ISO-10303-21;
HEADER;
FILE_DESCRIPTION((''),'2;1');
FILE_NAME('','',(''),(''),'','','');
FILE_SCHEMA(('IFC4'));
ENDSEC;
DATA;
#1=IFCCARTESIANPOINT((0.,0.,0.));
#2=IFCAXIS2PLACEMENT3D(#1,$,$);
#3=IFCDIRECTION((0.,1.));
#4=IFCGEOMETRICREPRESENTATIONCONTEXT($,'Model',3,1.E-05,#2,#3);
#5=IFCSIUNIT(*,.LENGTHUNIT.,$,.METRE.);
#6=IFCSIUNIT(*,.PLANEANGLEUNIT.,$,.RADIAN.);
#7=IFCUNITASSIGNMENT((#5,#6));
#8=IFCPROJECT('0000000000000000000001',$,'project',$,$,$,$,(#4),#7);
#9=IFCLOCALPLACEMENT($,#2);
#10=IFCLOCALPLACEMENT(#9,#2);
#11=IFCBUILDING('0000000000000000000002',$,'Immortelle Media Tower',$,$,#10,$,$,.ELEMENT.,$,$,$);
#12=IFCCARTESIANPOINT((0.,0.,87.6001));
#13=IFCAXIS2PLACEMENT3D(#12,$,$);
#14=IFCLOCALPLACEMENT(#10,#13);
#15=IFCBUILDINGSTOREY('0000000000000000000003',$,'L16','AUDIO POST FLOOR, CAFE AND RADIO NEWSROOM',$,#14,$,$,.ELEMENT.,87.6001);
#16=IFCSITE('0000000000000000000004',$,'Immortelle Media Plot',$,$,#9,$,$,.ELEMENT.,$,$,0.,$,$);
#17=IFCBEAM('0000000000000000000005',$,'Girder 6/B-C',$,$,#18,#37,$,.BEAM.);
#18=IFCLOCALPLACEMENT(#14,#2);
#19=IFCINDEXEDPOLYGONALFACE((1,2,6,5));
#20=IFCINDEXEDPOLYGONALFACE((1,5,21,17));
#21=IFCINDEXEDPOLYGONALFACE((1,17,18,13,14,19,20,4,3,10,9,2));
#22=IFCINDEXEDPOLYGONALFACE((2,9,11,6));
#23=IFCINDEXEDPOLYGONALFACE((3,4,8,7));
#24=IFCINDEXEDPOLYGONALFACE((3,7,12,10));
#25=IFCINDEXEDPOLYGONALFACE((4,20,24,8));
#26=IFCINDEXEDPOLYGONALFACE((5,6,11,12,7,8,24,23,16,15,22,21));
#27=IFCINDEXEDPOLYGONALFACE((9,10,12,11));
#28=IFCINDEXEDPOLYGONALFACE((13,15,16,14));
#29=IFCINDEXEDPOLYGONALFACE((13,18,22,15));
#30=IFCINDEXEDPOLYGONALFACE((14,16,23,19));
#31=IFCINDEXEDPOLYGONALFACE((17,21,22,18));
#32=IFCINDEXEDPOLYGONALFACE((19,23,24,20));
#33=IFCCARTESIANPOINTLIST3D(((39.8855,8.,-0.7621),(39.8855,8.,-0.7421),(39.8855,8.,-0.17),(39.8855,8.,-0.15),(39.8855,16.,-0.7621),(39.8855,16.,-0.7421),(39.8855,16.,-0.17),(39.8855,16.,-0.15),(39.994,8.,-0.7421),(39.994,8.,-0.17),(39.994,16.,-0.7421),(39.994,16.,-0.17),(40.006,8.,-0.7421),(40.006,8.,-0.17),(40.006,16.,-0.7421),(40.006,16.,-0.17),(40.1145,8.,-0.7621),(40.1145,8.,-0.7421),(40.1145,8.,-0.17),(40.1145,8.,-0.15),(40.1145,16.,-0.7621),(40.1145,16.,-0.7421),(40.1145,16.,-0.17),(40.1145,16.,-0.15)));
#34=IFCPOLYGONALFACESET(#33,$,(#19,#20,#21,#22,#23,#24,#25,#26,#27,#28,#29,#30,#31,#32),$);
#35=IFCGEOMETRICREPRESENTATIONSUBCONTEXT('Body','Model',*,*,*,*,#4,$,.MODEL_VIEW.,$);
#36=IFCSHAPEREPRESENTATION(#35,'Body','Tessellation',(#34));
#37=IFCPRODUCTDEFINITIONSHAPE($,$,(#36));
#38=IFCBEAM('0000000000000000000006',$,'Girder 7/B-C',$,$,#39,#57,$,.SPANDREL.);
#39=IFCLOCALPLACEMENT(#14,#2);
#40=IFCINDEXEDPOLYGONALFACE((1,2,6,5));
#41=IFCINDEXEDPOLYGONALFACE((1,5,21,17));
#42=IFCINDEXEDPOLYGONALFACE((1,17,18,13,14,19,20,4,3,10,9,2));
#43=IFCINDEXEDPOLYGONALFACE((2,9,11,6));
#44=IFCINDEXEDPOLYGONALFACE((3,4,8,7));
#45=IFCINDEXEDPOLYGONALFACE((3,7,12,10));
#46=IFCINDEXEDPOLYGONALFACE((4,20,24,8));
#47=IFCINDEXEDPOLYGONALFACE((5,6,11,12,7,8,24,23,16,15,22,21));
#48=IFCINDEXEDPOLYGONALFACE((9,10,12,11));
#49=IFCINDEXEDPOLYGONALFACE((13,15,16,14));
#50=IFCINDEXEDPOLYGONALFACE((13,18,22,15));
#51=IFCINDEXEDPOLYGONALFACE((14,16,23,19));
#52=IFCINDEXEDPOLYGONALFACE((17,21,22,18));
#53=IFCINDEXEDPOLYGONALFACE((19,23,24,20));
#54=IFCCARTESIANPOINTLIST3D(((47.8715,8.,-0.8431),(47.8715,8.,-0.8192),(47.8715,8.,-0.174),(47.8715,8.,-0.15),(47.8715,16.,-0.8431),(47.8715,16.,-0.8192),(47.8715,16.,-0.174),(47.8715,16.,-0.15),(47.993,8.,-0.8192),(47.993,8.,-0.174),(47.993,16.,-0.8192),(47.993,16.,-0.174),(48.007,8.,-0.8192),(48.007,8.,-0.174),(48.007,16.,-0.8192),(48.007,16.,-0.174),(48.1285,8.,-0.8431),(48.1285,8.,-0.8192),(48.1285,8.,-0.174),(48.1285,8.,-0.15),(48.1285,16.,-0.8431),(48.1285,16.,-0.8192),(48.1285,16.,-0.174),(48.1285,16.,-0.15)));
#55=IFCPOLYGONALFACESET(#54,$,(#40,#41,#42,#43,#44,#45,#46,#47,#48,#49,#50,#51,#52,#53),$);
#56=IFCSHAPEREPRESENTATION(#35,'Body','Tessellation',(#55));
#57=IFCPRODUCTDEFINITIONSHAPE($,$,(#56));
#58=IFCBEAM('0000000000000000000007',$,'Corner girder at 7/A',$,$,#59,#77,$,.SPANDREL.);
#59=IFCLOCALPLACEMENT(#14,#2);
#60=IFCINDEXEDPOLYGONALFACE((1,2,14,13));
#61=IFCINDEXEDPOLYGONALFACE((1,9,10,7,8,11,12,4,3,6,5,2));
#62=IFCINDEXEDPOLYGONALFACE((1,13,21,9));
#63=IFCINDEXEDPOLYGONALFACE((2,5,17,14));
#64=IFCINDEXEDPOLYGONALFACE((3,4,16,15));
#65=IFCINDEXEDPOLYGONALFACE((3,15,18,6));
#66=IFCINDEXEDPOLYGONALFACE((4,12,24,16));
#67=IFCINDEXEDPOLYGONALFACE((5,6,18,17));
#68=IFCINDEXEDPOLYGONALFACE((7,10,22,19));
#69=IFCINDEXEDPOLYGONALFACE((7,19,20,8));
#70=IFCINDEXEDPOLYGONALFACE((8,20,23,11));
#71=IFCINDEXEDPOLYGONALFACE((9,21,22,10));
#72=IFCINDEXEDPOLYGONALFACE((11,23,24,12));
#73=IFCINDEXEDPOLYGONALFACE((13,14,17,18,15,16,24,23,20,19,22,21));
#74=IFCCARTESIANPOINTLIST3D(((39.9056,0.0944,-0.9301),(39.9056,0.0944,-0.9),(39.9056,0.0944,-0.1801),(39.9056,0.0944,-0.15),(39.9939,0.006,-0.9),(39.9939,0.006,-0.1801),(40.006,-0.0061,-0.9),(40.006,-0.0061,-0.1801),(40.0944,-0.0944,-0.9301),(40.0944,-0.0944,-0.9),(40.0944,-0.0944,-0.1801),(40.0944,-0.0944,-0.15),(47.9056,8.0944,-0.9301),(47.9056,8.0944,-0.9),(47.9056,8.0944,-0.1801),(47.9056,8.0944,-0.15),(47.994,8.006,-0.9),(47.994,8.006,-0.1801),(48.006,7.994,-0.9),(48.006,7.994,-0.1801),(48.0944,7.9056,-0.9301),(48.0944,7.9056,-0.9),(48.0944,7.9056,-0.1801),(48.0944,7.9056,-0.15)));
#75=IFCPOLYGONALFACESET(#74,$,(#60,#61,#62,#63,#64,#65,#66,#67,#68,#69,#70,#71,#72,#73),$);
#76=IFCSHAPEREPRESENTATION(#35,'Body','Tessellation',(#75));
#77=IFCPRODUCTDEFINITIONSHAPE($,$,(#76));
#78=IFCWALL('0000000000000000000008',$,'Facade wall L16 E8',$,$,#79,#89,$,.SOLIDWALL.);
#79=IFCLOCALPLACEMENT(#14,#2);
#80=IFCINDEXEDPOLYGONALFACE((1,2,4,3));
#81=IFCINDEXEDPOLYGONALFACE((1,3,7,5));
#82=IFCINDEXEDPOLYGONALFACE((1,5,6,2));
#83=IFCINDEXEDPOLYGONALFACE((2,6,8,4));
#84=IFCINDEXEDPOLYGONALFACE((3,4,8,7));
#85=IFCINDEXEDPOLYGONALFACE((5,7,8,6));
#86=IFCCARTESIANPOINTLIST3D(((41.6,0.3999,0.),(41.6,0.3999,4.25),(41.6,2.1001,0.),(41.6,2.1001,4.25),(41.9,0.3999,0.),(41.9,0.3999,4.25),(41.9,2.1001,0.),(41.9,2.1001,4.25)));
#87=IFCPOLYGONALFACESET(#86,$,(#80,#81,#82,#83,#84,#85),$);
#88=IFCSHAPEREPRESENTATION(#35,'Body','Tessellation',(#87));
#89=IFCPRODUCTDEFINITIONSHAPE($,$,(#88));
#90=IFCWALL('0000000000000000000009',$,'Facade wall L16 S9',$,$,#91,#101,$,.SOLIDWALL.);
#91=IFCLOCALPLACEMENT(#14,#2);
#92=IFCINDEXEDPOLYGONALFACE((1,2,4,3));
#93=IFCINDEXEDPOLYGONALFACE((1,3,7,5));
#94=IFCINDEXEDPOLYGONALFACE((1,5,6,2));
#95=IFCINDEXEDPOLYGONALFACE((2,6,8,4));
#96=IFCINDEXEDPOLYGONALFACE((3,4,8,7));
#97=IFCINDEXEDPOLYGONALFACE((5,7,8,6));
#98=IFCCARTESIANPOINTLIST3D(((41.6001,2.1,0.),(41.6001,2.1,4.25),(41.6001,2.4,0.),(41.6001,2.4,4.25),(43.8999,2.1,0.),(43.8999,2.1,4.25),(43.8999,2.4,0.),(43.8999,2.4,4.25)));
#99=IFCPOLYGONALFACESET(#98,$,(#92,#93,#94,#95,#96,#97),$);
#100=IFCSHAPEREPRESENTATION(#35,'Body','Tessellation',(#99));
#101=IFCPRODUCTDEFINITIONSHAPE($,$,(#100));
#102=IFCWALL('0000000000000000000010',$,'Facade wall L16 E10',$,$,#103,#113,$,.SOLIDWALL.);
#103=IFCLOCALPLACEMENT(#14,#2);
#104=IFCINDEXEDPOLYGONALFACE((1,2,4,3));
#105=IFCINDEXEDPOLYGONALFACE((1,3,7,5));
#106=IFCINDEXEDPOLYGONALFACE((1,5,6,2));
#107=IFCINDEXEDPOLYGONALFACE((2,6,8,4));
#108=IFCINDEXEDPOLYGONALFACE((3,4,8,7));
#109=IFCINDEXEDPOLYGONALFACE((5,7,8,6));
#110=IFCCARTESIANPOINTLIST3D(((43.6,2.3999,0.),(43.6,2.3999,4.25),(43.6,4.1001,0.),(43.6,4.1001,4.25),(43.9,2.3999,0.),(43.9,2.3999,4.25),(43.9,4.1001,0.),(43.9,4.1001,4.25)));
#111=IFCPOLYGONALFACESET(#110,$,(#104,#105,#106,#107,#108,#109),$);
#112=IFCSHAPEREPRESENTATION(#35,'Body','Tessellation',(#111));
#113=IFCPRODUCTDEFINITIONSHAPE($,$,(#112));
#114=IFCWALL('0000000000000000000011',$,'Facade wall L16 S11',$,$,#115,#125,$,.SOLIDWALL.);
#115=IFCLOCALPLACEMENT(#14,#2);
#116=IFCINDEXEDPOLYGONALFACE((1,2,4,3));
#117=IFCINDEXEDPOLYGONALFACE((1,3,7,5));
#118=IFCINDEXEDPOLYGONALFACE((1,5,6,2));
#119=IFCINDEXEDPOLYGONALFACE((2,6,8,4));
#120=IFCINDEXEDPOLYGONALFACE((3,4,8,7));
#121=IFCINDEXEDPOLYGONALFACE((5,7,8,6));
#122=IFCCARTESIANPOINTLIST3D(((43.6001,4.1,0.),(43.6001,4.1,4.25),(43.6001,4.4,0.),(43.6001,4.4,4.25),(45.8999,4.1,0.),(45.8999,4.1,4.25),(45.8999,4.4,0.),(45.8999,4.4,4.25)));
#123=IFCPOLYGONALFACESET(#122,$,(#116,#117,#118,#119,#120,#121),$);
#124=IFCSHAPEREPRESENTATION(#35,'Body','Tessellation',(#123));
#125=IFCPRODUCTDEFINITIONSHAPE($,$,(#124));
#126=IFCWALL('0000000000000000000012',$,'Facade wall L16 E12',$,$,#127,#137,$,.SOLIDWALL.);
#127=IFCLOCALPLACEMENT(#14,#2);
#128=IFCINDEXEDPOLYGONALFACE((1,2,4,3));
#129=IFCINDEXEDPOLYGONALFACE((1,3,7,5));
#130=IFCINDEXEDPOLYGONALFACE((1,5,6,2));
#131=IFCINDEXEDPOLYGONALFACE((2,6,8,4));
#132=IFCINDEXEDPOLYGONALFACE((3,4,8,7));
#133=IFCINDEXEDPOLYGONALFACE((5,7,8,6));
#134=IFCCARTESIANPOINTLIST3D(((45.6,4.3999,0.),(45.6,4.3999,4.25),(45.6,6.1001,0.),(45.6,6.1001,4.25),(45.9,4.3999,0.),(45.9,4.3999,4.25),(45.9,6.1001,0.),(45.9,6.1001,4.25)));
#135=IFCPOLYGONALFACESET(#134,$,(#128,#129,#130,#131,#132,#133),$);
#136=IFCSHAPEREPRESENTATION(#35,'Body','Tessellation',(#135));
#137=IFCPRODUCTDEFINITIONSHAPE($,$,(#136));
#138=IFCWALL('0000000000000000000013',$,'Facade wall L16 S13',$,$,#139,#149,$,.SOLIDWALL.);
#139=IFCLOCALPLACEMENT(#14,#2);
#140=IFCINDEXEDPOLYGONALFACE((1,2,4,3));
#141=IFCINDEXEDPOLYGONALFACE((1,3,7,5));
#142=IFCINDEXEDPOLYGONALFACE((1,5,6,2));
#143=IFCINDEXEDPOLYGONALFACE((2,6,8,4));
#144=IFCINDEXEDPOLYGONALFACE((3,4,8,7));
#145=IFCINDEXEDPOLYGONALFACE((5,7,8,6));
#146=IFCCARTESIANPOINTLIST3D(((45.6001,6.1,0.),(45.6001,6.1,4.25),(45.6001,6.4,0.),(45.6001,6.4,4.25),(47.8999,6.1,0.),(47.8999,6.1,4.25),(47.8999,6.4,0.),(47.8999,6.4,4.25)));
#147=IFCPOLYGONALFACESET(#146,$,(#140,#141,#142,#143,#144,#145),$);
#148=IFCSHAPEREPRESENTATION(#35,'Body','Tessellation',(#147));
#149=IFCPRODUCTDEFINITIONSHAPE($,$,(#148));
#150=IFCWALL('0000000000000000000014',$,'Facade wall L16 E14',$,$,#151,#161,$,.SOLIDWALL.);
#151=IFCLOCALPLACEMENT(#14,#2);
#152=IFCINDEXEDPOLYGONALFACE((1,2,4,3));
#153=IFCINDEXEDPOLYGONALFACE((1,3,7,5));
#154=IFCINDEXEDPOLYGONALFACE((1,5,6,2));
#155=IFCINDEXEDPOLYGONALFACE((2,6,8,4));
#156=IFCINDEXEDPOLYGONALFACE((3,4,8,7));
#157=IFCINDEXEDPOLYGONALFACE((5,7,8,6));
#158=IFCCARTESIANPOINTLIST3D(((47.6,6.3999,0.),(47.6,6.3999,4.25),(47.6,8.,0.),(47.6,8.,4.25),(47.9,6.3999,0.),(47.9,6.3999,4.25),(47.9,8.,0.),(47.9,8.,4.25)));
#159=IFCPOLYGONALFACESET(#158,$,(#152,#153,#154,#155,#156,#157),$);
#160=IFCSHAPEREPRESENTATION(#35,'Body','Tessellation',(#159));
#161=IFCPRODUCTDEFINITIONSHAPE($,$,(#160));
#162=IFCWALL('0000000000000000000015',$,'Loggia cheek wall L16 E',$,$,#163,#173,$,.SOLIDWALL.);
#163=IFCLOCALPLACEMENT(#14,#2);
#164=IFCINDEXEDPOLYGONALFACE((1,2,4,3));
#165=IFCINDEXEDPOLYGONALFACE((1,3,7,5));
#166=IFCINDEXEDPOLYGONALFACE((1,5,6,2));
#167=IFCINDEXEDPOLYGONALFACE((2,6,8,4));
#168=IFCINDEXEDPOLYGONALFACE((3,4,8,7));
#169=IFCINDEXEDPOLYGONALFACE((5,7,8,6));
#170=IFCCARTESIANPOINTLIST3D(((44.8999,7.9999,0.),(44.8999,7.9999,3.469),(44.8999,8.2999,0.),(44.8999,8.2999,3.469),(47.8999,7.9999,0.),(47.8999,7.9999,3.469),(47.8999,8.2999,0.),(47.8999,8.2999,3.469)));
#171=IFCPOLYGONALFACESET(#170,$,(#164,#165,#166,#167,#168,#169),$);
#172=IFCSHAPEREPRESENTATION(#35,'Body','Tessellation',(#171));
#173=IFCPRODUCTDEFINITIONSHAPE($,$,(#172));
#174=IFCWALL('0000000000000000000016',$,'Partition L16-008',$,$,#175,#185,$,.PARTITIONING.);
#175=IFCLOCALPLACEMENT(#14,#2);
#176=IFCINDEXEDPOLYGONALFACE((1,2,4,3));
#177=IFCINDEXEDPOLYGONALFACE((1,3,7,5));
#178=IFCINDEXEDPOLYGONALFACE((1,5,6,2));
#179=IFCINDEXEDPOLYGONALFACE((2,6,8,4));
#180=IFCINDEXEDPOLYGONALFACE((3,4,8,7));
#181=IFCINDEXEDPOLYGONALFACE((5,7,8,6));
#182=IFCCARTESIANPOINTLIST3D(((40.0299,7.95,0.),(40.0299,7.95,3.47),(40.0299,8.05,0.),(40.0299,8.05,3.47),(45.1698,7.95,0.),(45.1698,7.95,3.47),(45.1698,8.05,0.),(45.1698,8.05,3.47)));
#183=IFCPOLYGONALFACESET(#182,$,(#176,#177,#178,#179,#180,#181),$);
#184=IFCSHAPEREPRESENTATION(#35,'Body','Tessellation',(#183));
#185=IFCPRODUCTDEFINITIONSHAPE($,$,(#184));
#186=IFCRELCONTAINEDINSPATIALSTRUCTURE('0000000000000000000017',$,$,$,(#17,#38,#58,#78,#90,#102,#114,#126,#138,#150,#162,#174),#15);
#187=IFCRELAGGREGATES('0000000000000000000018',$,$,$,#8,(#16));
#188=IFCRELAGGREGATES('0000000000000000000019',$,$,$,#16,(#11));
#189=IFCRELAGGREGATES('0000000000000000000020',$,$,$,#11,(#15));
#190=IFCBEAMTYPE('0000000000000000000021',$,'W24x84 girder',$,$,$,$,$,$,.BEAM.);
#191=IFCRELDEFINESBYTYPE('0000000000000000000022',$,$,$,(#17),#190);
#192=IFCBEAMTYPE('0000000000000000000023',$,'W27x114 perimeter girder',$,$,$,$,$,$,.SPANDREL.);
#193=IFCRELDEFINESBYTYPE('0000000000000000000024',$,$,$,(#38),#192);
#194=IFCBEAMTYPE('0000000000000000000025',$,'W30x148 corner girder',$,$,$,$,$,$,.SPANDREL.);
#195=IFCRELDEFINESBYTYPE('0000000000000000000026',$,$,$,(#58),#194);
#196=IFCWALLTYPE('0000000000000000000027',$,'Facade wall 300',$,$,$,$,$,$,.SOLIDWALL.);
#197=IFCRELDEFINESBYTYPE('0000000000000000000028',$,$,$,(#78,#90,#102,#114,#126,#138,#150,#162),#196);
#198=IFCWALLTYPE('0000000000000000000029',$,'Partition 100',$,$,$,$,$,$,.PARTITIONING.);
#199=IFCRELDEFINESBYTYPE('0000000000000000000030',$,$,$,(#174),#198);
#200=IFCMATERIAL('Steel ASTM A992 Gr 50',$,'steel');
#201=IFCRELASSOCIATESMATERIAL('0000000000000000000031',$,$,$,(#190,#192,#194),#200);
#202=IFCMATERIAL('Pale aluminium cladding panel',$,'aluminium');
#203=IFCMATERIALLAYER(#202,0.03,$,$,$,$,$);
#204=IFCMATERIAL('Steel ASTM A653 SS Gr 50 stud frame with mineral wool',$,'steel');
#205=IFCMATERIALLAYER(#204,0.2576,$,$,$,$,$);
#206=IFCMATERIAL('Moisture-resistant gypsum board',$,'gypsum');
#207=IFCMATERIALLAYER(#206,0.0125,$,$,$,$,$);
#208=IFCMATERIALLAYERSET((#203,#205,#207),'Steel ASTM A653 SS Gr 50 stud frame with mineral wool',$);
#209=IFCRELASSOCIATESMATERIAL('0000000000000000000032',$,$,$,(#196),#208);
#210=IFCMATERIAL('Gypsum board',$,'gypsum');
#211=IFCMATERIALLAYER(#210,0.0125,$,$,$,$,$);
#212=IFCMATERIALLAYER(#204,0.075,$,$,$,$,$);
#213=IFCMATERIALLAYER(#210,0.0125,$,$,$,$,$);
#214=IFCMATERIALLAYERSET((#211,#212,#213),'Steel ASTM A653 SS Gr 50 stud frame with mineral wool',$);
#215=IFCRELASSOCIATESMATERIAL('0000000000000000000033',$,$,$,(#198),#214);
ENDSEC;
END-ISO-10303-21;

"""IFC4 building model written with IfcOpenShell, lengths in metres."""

from ifc_helpers import new_model, si_unit, direction, frame, frame_2d, origin, origin_2d, place, context, subcontext, project, spatial, rectangle, i_section, extrude, material, layer, layer_set, material_profile, profile_set, type_object, element, save


model = new_model("IFC4")

# Units and contexts
model_context = context("Model", 3, precision=1e-05, world=origin(), true_north=direction((0.0, 1.0)))
body_context = subcontext(model_context, "Body", "Model", "MODEL_VIEW")
ifc_project = project(units=[si_unit("LENGTHUNIT", "METRE"), si_unit("PLANEANGLEUNIT", "RADIAN")], contexts=[model_context])

# Site, building, storey
site_placement = place(None, origin())
site = spatial("IfcSite", under=ifc_project, at=site_placement, Name="Immortelle Media Plot", CompositionType="ELEMENT", RefElevation=0.0)
building_placement = place(site_placement, origin())
building = spatial("IfcBuilding", under=site, at=building_placement, Name="Immortelle Media Tower", CompositionType="ELEMENT")
storey_placement = place(building_placement, frame((0.0, 0.0, 87.6001)))
storey = spatial("IfcBuildingStorey", under=building, at=storey_placement, Name="L16", Description="AUDIO POST FLOOR, CAFE AND RADIO NEWSROOM", CompositionType="ELEMENT", Elevation=87.6001)

# Shared definitions
ifc_material_1 = material(Name="Steel ASTM A992 Gr 50", Category="steel")

# Beams
ifc_material_profile_1 = material_profile(ifc_material_1, i_section(OverallWidth=0.229, OverallDepth=0.6121, WebThickness=0.012, FlangeThickness=0.02, at=origin_2d()), Name="W24x84")
ifc_profile_set_1 = profile_set([ifc_material_profile_1], Name="Steel ASTM A992 Gr 50")
beam_type_1 = type_object("IfcBeamType", Name="W24x84 girder", PredefinedType="BEAM", material=ifc_profile_set_1)
for number, where, z_axis, x_axis, name in (
    (1, (40.0, 8.0, -0.4561), (0.0, 1.0, 0.0), (-1.0, 0.0, 0.0), "Girder 6/B-C"),
):
    element("IfcBeam", number, at=place(storey_placement, frame(where, z_axis=z_axis, x_axis=x_axis)), inside=storey, type_object=beam_type_1, Name=name, PredefinedType="BEAM", context=body_context, shape_type="SweptSolid", body=[
        extrude(i_section(OverallWidth=0.229, OverallDepth=0.6121, WebThickness=0.012, FlangeThickness=0.02, at=origin_2d()), origin(), (0.0, 0.0, 1.0), 8.0),
    ])
ifc_material_profile_2 = material_profile(ifc_material_1, i_section(OverallWidth=0.2571, OverallDepth=0.6931, WebThickness=0.0139, FlangeThickness=0.0239, at=origin_2d()), Name="W27x114")
ifc_profile_set_2 = profile_set([ifc_material_profile_2], Name="Steel ASTM A992 Gr 50")
beam_type_2 = type_object("IfcBeamType", Name="W27x114 perimeter girder", PredefinedType="SPANDREL", material=ifc_profile_set_2)
beam_1_placement = place(storey_placement, frame((48.0, 8.0, -0.4966), z_axis=(0.0, 1.0, 0.0), x_axis=(-1.0, 0.0, 0.0)))
element("IfcBeam", 2, at=beam_1_placement, inside=storey, type_object=beam_type_2, Name="Girder 7/B-C", PredefinedType="SPANDREL", context=body_context, shape_type="SweptSolid", body=[
    extrude(i_section(OverallWidth=0.2571, OverallDepth=0.6931, WebThickness=0.0139, FlangeThickness=0.0239, at=origin_2d()), origin(), (0.0, 0.0, 1.0), 8.0),
])
ifc_material_profile_3 = material_profile(ifc_material_1, i_section(OverallWidth=0.2671, OverallDepth=0.78, WebThickness=0.0171, FlangeThickness=0.03, at=origin_2d()), Name="W30x148")
ifc_profile_set_3 = profile_set([ifc_material_profile_3], Name="Steel ASTM A992 Gr 50")
beam_type_3 = type_object("IfcBeamType", Name="W30x148 corner girder", PredefinedType="SPANDREL", material=ifc_profile_set_3)
beam_2_placement = place(storey_placement, frame((48.0, 8.0, -0.54), z_axis=(-0.707107, -0.707107, 0.0), x_axis=(0.707107, -0.707107, 0.0)))
element("IfcBeam", 3, at=beam_2_placement, inside=storey, type_object=beam_type_3, Name="Corner girder at 7/A", PredefinedType="SPANDREL", context=body_context, shape_type="SweptSolid", body=[
    extrude(i_section(OverallWidth=0.2671, OverallDepth=0.78, WebThickness=0.0171, FlangeThickness=0.03, at=origin_2d()), origin(), (0.0, 0.0, 1.0), 11.3137),
])

# Walls
ifc_material_2 = material(Name="Pale aluminium cladding panel", Category="aluminium")
ifc_layer_1 = layer(ifc_material_2, 0.03)
ifc_material_3 = material(Name="Steel ASTM A653 SS Gr 50 stud frame with mineral wool", Category="steel")
ifc_layer_2 = layer(ifc_material_3, 0.2576)
ifc_material_4 = material(Name="Moisture-resistant gypsum board", Category="gypsum")
ifc_layer_3 = layer(ifc_material_4, 0.0125)
ifc_layer_set_1 = layer_set([ifc_layer_1, ifc_layer_2, ifc_layer_3], Name="Steel ASTM A653 SS Gr 50 stud frame with mineral wool")
wall_type_1 = type_object("IfcWallType", Name="Facade wall 300", PredefinedType="SOLIDWALL", material=ifc_layer_set_1)
wall_1_placement = place(storey_placement, frame((41.75, 0.3999, 0.0), z_axis=(0.0, 0.0, 1.0), x_axis=(0.0, 1.0, 0.0)))
element("IfcWall", 4, at=wall_1_placement, inside=storey, type_object=wall_type_1, Name="Facade wall L16 E8", PredefinedType="SOLIDWALL", context=body_context, shape_type="SweptSolid", body=[
    extrude(rectangle(XDim=1.7002, YDim=0.3, at=frame_2d((0.8501, 0.0))), origin(), (0.0, 0.0, 1.0), 4.25),
])
wall_2_placement = place(storey_placement, frame((41.6001, 2.25, 0.0), z_axis=(0.0, 0.0, 1.0), x_axis=(1.0, 0.0, 0.0)))
element("IfcWall", 5, at=wall_2_placement, inside=storey, type_object=wall_type_1, Name="Facade wall L16 S9", PredefinedType="SOLIDWALL", context=body_context, shape_type="SweptSolid", body=[
    extrude(rectangle(XDim=2.2998, YDim=0.3, at=frame_2d((1.1499, 0.0))), origin(), (0.0, 0.0, 1.0), 4.25),
])
wall_3_placement = place(storey_placement, frame((43.75, 2.3999, 0.0), z_axis=(0.0, 0.0, 1.0), x_axis=(0.0, 1.0, 0.0)))
element("IfcWall", 6, at=wall_3_placement, inside=storey, type_object=wall_type_1, Name="Facade wall L16 E10", PredefinedType="SOLIDWALL", context=body_context, shape_type="SweptSolid", body=[
    extrude(rectangle(XDim=1.7002, YDim=0.3, at=frame_2d((0.8501, 0.0))), origin(), (0.0, 0.0, 1.0), 4.25),
])
wall_4_placement = place(storey_placement, frame((43.6001, 4.25, 0.0), z_axis=(0.0, 0.0, 1.0), x_axis=(1.0, 0.0, 0.0)))
element("IfcWall", 7, at=wall_4_placement, inside=storey, type_object=wall_type_1, Name="Facade wall L16 S11", PredefinedType="SOLIDWALL", context=body_context, shape_type="SweptSolid", body=[
    extrude(rectangle(XDim=2.2998, YDim=0.3, at=frame_2d((1.1499, 0.0))), origin(), (0.0, 0.0, 1.0), 4.25),
])
wall_5_placement = place(storey_placement, frame((45.75, 4.3999, 0.0), z_axis=(0.0, 0.0, 1.0), x_axis=(0.0, 1.0, 0.0)))
element("IfcWall", 8, at=wall_5_placement, inside=storey, type_object=wall_type_1, Name="Facade wall L16 E12", PredefinedType="SOLIDWALL", context=body_context, shape_type="SweptSolid", body=[
    extrude(rectangle(XDim=1.7002, YDim=0.3, at=frame_2d((0.8501, 0.0))), origin(), (0.0, 0.0, 1.0), 4.25),
])
wall_6_placement = place(storey_placement, frame((45.6001, 6.25, 0.0), z_axis=(0.0, 0.0, 1.0), x_axis=(1.0, 0.0, 0.0)))
element("IfcWall", 9, at=wall_6_placement, inside=storey, type_object=wall_type_1, Name="Facade wall L16 S13", PredefinedType="SOLIDWALL", context=body_context, shape_type="SweptSolid", body=[
    extrude(rectangle(XDim=2.2998, YDim=0.3, at=frame_2d((1.1499, 0.0))), origin(), (0.0, 0.0, 1.0), 4.25),
])
wall_7_placement = place(storey_placement, frame((47.75, 6.3999, 0.0), z_axis=(0.0, 0.0, 1.0), x_axis=(0.0, 1.0, 0.0)))
element("IfcWall", 10, at=wall_7_placement, inside=storey, type_object=wall_type_1, Name="Facade wall L16 E14", PredefinedType="SOLIDWALL", context=body_context, shape_type="SweptSolid", body=[
    extrude(rectangle(XDim=1.6001, YDim=0.3, at=frame_2d((0.8, 0.0))), origin(), (0.0, 0.0, 1.0), 4.25),
])

# Walls
wall_8_placement = place(storey_placement, frame((47.8999, 8.1499, 0.0), z_axis=(0.0, 0.0, 1.0), x_axis=(-1.0, 0.0, 0.0)))
element("IfcWall", 11, at=wall_8_placement, inside=storey, type_object=wall_type_1, Name="Loggia cheek wall L16 E", PredefinedType="SOLIDWALL", context=body_context, shape_type="SweptSolid", body=[
    extrude(rectangle(XDim=3.0, YDim=0.3, at=frame_2d((1.5, 0.0))), origin(), (0.0, 0.0, 1.0), 3.469),
])
ifc_material_5 = material(Name="Gypsum board", Category="gypsum")
ifc_layer_4 = layer(ifc_material_5, 0.0125)
ifc_layer_5 = layer(ifc_material_3, 0.075)
ifc_layer_6 = layer(ifc_material_5, 0.0125)
ifc_layer_set_2 = layer_set([ifc_layer_4, ifc_layer_5, ifc_layer_6], Name="Steel ASTM A653 SS Gr 50 stud frame with mineral wool")
wall_type_2 = type_object("IfcWallType", Name="Partition 100", PredefinedType="PARTITIONING", material=ifc_layer_set_2)
wall_9_placement = place(storey_placement, frame((40.03, 8.0, 0.0), z_axis=(0.0, 0.0, 1.0), x_axis=(1.0, 0.0, 0.0)))
element("IfcWall", 12, at=wall_9_placement, inside=storey, type_object=wall_type_2, Name="Partition L16-008", PredefinedType="PARTITIONING", context=body_context, shape_type="SweptSolid", body=[
    extrude(rectangle(XDim=5.1399, YDim=0.1001, at=frame_2d((2.5698, 0.0))), origin(), (0.0, 0.0, 1.0), 3.47),
])

save(model, "model.ifc")
